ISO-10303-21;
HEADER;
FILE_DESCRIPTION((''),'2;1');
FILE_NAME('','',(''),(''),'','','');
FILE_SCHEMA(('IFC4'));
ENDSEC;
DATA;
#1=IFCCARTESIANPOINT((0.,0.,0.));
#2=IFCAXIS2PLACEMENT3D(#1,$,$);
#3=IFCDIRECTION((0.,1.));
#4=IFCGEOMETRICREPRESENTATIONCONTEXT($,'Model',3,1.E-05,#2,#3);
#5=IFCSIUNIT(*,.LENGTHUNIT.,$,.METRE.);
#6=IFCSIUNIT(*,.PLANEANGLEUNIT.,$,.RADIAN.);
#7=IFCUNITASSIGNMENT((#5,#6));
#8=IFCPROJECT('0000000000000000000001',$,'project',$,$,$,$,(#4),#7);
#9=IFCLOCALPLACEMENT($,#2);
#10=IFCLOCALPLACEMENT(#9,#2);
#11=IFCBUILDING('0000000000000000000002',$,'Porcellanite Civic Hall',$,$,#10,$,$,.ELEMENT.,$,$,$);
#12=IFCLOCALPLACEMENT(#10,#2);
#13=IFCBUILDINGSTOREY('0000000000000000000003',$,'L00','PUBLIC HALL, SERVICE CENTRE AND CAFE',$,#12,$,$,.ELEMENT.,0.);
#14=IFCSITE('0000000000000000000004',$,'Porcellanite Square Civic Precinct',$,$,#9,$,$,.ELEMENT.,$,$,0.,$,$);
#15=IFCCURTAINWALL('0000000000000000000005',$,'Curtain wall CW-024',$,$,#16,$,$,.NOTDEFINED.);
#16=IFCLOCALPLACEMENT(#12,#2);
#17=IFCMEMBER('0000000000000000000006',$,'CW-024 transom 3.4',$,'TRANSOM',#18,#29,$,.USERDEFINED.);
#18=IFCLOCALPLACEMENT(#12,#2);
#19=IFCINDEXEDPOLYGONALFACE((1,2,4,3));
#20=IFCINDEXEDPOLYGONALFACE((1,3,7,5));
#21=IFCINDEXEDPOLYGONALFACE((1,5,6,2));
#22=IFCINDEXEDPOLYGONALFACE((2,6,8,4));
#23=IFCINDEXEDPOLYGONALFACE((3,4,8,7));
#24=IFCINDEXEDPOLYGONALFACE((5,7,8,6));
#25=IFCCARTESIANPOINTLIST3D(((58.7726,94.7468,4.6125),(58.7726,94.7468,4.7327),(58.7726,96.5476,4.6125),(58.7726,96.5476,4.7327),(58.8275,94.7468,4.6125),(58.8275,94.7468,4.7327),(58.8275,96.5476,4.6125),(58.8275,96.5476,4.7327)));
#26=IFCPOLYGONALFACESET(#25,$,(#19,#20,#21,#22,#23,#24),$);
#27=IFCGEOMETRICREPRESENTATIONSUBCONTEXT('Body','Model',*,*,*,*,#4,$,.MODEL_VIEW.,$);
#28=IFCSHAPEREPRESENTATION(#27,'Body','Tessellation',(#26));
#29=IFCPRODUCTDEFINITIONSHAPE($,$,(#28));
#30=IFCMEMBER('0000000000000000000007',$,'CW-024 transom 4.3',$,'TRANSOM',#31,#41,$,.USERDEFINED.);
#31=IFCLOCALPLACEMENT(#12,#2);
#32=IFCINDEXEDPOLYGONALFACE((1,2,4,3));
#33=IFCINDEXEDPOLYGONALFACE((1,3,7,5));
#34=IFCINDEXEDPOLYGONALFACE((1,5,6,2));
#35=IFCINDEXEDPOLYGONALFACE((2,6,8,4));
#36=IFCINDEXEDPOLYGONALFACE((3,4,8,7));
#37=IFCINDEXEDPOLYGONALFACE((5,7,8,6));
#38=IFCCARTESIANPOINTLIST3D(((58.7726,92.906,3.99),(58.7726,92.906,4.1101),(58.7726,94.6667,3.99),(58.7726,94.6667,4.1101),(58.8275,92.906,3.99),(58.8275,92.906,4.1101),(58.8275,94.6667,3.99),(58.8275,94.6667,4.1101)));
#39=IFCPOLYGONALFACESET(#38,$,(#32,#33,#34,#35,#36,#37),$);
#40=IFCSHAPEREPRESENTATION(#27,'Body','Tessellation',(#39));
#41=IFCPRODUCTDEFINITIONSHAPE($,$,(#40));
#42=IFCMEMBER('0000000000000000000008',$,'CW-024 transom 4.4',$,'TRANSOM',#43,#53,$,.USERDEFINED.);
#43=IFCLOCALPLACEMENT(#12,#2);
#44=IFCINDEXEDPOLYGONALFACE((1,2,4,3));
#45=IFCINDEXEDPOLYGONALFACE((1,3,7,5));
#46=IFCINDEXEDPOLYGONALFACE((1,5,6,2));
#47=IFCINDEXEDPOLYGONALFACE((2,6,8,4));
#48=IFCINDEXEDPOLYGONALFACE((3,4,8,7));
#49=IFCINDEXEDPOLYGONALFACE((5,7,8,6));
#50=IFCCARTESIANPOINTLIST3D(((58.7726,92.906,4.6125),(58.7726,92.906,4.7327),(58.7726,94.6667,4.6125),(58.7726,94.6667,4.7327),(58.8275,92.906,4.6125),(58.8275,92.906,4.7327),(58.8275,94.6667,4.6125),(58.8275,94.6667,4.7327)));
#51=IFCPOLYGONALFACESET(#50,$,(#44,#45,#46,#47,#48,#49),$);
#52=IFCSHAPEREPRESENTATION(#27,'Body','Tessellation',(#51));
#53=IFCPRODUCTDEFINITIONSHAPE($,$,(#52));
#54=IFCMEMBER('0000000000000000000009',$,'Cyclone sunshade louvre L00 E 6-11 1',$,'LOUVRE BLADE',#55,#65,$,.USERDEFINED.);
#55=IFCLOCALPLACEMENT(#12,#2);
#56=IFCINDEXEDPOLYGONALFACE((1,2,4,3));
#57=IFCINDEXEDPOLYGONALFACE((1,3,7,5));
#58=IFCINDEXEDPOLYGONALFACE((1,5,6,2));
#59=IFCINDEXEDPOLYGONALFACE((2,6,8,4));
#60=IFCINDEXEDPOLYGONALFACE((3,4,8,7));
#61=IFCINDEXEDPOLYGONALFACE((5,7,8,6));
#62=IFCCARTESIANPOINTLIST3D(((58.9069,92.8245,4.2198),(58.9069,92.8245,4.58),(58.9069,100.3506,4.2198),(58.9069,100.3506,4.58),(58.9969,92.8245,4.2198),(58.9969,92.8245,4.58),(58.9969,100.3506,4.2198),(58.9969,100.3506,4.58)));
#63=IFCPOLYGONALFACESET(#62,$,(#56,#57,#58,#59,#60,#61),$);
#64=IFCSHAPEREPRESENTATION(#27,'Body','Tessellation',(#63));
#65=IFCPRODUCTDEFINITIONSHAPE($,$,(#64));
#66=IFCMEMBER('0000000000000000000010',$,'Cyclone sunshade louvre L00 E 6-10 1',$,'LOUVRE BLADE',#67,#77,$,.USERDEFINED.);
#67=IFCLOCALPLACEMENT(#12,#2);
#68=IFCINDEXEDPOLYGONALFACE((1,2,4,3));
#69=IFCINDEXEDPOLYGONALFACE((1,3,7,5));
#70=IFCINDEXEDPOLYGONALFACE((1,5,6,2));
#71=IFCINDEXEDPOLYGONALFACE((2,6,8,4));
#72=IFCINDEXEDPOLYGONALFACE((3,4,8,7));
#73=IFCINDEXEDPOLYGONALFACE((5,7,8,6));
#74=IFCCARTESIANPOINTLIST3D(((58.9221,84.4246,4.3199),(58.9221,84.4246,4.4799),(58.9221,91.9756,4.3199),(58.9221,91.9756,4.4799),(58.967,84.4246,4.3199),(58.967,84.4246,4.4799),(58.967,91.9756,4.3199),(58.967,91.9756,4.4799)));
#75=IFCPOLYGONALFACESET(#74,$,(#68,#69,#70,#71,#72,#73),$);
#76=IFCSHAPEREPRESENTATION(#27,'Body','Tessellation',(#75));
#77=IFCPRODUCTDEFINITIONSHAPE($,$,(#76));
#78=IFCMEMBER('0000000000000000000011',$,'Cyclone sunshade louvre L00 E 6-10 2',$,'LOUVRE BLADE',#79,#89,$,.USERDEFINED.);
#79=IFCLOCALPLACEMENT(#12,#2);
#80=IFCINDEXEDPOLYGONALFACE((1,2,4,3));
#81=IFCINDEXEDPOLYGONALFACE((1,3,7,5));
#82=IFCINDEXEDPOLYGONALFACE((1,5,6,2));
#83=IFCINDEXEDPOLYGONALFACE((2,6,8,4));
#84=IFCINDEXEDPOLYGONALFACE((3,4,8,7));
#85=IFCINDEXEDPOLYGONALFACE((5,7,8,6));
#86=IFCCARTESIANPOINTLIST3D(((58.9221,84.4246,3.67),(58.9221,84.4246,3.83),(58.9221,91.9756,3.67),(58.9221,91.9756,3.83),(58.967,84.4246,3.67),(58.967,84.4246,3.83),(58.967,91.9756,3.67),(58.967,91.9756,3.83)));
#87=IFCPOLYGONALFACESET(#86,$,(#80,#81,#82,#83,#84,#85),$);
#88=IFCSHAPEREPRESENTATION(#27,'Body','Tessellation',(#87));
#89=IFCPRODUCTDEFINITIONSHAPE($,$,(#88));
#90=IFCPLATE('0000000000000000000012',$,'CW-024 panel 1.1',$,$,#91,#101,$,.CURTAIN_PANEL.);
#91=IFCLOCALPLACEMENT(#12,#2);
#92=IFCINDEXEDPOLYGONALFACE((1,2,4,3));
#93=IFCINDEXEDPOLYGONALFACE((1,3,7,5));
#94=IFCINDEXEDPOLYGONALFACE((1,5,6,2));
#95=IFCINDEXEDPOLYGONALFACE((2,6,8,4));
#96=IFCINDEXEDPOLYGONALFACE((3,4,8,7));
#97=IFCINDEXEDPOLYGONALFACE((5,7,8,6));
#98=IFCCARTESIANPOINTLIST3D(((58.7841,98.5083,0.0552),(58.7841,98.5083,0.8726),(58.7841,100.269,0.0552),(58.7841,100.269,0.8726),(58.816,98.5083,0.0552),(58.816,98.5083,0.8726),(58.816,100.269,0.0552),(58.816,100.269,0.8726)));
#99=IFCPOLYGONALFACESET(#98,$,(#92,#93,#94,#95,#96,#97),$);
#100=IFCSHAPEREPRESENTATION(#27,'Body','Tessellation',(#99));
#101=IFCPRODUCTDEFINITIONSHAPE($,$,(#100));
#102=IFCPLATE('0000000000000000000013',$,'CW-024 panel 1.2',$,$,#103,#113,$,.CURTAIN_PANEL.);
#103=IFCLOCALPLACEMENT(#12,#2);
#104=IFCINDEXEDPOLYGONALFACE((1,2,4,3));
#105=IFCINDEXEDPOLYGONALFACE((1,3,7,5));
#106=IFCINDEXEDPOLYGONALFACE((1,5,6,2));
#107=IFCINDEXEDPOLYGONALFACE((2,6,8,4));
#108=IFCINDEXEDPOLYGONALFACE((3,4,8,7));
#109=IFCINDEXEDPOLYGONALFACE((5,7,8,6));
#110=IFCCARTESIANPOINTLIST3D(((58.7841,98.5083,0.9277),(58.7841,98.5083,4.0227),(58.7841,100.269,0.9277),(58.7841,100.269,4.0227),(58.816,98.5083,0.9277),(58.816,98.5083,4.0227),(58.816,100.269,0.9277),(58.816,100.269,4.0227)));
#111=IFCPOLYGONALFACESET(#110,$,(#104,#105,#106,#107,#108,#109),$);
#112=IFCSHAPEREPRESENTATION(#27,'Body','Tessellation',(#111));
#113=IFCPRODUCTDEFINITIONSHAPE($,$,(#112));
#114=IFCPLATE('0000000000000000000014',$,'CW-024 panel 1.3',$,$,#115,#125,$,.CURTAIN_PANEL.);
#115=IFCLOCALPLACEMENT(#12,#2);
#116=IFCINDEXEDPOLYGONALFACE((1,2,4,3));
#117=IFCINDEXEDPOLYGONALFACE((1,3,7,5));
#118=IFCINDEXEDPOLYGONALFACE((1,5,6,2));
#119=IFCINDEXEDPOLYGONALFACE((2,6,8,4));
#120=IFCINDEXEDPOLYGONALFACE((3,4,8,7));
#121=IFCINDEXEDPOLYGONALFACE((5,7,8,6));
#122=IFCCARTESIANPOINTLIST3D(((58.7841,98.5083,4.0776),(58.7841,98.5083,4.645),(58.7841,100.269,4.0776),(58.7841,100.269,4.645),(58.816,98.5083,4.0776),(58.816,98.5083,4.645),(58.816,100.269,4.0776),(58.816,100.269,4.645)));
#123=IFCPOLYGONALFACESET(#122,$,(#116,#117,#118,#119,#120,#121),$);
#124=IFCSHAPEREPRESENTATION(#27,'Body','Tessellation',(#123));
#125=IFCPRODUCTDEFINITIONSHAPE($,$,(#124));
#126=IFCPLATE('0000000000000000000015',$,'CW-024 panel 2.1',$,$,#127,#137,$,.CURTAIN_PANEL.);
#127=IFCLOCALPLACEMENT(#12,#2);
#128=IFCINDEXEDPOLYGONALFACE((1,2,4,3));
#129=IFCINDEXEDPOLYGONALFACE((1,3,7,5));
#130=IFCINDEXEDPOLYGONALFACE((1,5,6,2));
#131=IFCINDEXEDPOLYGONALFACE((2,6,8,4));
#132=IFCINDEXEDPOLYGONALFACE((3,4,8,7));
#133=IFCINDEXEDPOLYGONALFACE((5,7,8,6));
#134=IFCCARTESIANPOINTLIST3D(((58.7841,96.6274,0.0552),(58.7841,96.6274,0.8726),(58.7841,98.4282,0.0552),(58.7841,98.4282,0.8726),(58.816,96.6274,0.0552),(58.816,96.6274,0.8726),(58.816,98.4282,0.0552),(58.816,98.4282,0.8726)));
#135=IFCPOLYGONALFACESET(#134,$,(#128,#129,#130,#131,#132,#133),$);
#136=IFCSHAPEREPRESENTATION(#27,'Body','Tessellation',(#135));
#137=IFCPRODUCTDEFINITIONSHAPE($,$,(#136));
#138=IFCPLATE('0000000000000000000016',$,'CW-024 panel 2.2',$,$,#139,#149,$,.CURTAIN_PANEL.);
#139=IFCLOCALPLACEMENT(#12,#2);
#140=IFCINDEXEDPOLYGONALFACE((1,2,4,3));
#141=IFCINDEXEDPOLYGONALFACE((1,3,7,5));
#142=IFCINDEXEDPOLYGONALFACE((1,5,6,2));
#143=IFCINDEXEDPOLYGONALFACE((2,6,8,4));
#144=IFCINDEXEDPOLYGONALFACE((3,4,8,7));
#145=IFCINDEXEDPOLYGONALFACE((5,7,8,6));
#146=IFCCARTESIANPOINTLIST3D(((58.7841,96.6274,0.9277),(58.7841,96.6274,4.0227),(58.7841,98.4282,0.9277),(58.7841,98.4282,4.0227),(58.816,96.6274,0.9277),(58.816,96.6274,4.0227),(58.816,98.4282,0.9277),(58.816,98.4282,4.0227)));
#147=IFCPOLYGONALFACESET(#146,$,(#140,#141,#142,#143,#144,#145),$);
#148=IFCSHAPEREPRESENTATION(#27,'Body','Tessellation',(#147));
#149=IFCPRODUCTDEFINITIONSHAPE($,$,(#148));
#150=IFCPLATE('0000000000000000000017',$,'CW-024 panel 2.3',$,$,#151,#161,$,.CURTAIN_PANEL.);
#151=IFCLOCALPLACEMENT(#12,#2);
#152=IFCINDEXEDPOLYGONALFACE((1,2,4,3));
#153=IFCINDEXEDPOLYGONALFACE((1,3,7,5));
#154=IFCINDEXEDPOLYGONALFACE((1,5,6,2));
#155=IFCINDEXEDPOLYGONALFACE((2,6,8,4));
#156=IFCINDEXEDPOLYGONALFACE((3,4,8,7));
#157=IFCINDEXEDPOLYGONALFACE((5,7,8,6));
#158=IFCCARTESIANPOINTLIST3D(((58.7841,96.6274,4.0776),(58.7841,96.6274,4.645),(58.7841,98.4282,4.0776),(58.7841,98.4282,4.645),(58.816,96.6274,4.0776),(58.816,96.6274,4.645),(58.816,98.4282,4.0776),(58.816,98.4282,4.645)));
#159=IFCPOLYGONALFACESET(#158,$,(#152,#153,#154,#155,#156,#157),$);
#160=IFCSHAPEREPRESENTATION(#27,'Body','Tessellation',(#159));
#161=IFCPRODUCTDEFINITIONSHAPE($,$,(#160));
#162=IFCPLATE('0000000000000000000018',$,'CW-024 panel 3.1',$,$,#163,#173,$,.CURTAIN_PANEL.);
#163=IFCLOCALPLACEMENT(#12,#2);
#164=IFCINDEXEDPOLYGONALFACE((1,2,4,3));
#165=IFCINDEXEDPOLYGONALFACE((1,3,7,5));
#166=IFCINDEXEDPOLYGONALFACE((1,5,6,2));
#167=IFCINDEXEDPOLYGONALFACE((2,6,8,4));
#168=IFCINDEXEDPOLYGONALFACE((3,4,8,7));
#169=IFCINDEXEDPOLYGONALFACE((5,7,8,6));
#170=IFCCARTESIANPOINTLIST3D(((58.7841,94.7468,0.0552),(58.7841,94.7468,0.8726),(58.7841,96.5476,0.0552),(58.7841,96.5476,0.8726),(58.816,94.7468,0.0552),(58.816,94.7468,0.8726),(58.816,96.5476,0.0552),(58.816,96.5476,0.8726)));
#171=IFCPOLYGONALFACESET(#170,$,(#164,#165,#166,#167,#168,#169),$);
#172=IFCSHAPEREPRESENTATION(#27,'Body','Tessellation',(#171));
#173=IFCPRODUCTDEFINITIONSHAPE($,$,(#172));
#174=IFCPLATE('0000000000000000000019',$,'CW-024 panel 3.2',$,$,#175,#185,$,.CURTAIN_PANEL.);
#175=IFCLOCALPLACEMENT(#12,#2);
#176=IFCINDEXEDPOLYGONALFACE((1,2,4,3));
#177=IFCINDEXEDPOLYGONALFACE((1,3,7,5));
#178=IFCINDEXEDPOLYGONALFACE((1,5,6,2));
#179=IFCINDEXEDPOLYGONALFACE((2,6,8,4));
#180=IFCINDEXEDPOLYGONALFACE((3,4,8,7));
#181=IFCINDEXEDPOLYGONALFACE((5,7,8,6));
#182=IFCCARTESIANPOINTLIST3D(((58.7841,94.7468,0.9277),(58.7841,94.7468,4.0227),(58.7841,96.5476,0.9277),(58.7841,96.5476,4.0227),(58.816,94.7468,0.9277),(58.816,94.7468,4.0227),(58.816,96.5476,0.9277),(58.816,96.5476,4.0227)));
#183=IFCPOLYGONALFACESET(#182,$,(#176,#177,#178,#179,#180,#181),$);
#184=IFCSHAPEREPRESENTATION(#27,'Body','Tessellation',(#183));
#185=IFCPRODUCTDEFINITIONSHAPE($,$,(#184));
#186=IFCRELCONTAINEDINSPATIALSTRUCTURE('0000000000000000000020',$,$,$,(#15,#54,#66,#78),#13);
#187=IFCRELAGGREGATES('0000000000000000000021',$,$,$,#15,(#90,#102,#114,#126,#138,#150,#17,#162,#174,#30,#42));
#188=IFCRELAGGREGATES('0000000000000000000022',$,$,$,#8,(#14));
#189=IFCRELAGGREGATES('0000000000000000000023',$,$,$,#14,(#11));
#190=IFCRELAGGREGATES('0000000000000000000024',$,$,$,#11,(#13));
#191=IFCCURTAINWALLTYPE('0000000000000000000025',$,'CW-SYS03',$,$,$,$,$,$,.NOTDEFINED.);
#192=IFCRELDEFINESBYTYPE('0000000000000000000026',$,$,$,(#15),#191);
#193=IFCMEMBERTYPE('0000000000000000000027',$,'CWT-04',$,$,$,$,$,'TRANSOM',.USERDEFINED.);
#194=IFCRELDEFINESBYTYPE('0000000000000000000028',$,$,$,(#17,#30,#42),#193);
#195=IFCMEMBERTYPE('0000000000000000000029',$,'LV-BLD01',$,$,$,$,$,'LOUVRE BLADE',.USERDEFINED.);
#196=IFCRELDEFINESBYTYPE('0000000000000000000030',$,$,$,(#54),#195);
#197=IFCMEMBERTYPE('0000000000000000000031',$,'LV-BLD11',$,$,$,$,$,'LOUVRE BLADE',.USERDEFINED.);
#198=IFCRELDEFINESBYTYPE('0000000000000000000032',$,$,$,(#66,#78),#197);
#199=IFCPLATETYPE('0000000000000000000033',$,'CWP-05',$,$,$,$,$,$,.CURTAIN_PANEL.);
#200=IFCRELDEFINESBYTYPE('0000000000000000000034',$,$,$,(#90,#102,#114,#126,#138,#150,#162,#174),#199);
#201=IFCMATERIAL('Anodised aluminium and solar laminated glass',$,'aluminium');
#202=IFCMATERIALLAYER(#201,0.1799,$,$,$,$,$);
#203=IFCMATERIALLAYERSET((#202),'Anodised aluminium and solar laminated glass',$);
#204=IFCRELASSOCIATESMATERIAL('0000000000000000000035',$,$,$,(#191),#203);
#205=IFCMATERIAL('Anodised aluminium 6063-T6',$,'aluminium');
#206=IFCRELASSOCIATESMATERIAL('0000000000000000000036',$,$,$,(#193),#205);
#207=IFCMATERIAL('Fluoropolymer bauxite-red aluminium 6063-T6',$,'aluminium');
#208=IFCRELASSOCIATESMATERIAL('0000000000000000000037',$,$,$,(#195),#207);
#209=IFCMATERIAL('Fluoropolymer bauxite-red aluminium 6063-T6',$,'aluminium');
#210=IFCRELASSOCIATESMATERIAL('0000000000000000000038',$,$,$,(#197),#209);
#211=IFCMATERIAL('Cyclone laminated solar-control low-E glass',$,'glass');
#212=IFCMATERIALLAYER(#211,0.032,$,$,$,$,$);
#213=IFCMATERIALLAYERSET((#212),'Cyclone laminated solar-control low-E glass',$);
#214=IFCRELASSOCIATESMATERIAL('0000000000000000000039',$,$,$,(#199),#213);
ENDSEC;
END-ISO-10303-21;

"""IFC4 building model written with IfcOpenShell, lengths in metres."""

from ifc_helpers import new_model, si_unit, direction, frame, origin, origin_2d, place, context, subcontext, project, spatial, rectangle, extrude, material, layer, layer_set, material_profile, profile_set, type_object, element, aggregate, save


model = new_model("IFC4")

# Units and contexts
model_context = context("Model", 3, precision=1e-05, world=origin(), true_north=direction((0.0, 1.0)))
body_context = subcontext(model_context, "Body", "Model", "MODEL_VIEW")
ifc_project = project(units=[si_unit("LENGTHUNIT", "METRE"), si_unit("PLANEANGLEUNIT", "RADIAN")], contexts=[model_context])

# Site, building, storey
site_placement = place(None, origin())
site = spatial("IfcSite", under=ifc_project, at=site_placement, Name="Porcellanite Square Civic Precinct", CompositionType="ELEMENT", RefElevation=0.0)
building_placement = place(site_placement, origin())
building = spatial("IfcBuilding", under=site, at=building_placement, Name="Porcellanite Civic Hall", CompositionType="ELEMENT")
storey_placement = place(building_placement, origin())
storey = spatial("IfcBuildingStorey", under=building, at=storey_placement, Name="L00", Description="PUBLIC HALL, SERVICE CENTRE AND CAFE", CompositionType="ELEMENT", Elevation=0.0)

# Curtain wall, members
ifc_material_1 = material(Name="Anodised aluminium and solar laminated glass", Category="aluminium")
ifc_layer_1 = layer(ifc_material_1, 0.1799)
ifc_layer_set_1 = layer_set([ifc_layer_1], Name="Anodised aluminium and solar laminated glass")
curtain_wall_type = type_object("IfcCurtainWallType", Name="CW-SYS03", PredefinedType="NOTDEFINED", material=ifc_layer_set_1)
curtain_wall_placement = place(storey_placement, origin())
curtain_wall = element("IfcCurtainWall", 1, at=curtain_wall_placement, inside=storey, type_object=curtain_wall_type, Name="Curtain wall CW-024", PredefinedType="NOTDEFINED")
ifc_material_2 = material(Name="Anodised aluminium 6063-T6", Category="aluminium")
ifc_material_profile_1 = material_profile(ifc_material_2, rectangle(XDim=0.0549, YDim=0.1201, at=origin_2d()), Name="AL-55x120")
ifc_profile_set_1 = profile_set([ifc_material_profile_1], Name="Anodised aluminium 6063-T6")
member_type_1 = type_object("IfcMemberType", Name="CWT-04", ElementType="TRANSOM", PredefinedType="USERDEFINED", material=ifc_profile_set_1)
member_1_placement = place(storey_placement, frame((58.8, 96.5476, 4.6726), z_axis=(0.0, -1.0, 0.0), x_axis=(1.0, 0.0, 0.0)))
member_1 = element("IfcMember", 2, at=member_1_placement, type_object=member_type_1, Name="CW-024 transom 3.4", ObjectType="TRANSOM", PredefinedType="USERDEFINED", context=body_context, shape_type="SweptSolid", body=[
    extrude(rectangle(XDim=0.0549, YDim=0.1201, at=origin_2d()), origin(), (0.0, 0.0, 1.0), 1.8008),
])
member_2_placement = place(storey_placement, frame((58.8, 94.6667, 4.05), z_axis=(0.0, -1.0, 0.0), x_axis=(1.0, 0.0, 0.0)))
member_2 = element("IfcMember", 3, at=member_2_placement, type_object=member_type_1, Name="CW-024 transom 4.3", ObjectType="TRANSOM", PredefinedType="USERDEFINED", context=body_context, shape_type="SweptSolid", body=[
    extrude(rectangle(XDim=0.0549, YDim=0.1201, at=origin_2d()), origin(), (0.0, 0.0, 1.0), 1.7607),
])
member_3_placement = place(storey_placement, frame((58.8, 94.6667, 4.6726), z_axis=(0.0, -1.0, 0.0), x_axis=(1.0, 0.0, 0.0)))
member_3 = element("IfcMember", 4, at=member_3_placement, type_object=member_type_1, Name="CW-024 transom 4.4", ObjectType="TRANSOM", PredefinedType="USERDEFINED", context=body_context, shape_type="SweptSolid", body=[
    extrude(rectangle(XDim=0.0549, YDim=0.1201, at=origin_2d()), origin(), (0.0, 0.0, 1.0), 1.7607),
])

# Members
ifc_material_3 = material(Name="Fluoropolymer bauxite-red aluminium 6063-T6", Category="aluminium")
ifc_material_profile_2 = material_profile(ifc_material_3, rectangle(XDim=0.0901, YDim=0.3601, at=origin_2d()), Name="AL-90x360")
ifc_profile_set_2 = profile_set([ifc_material_profile_2], Name="Fluoropolymer bauxite-red aluminium 6063-T6")
member_type_2 = type_object("IfcMemberType", Name="LV-BLD01", ElementType="LOUVRE BLADE", PredefinedType="USERDEFINED", material=ifc_profile_set_2)
member_4_placement = place(storey_placement, frame((58.9519, 100.3506, 4.3999), z_axis=(0.0, -1.0, 0.0), x_axis=(1.0, 0.0, 0.0)))
element("IfcMember", 5, at=member_4_placement, inside=storey, type_object=member_type_2, Name="Cyclone sunshade louvre L00 E 6-11 1", ObjectType="LOUVRE BLADE", PredefinedType="USERDEFINED", context=body_context, shape_type="SweptSolid", body=[
    extrude(rectangle(XDim=0.0901, YDim=0.3601, at=origin_2d()), origin(), (0.0, 0.0, 1.0), 7.5261),
])
ifc_material_4 = material(Name="Fluoropolymer bauxite-red aluminium 6063-T6", Category="aluminium")
ifc_material_profile_3 = material_profile(ifc_material_4, rectangle(XDim=0.0449, YDim=0.1599, at=origin_2d()), Name="AL-45x160")
ifc_profile_set_3 = profile_set([ifc_material_profile_3], Name="Fluoropolymer bauxite-red aluminium 6063-T6")
member_type_3 = type_object("IfcMemberType", Name="LV-BLD11", ElementType="LOUVRE BLADE", PredefinedType="USERDEFINED", material=ifc_profile_set_3)
for number, where, z_axis, x_axis, name in (
    (6, (58.9446, 91.9756, 4.3999), (0.0, -1.0, 0.0), (1.0, 0.0, 0.0), "Cyclone sunshade louvre L00 E 6-10 1"),
    (7, (58.9446, 91.9756, 3.75), (0.0, -1.0, 0.0), (1.0, 0.0, 0.0), "Cyclone sunshade louvre L00 E 6-10 2"),
):
    element("IfcMember", number, at=place(storey_placement, frame(where, z_axis=z_axis, x_axis=x_axis)), inside=storey, type_object=member_type_3, Name=name, ObjectType="LOUVRE BLADE", PredefinedType="USERDEFINED", context=body_context, shape_type="SweptSolid", body=[
        extrude(rectangle(XDim=0.0449, YDim=0.1599, at=origin_2d()), origin(), (0.0, 0.0, 1.0), 7.551),
    ])

# Plates
ifc_material_5 = material(Name="Cyclone laminated solar-control low-E glass", Category="glass")
ifc_layer_2 = layer(ifc_material_5, 0.032)
ifc_layer_set_2 = layer_set([ifc_layer_2], Name="Cyclone laminated solar-control low-E glass")
plate_type = type_object("IfcPlateType", Name="CWP-05", PredefinedType="CURTAIN_PANEL", material=ifc_layer_set_2)
plate_1_placement = place(storey_placement, frame((58.8, 99.3887, 0.0552), z_axis=(0.0, 0.0, 1.0), x_axis=(0.0, -1.0, 0.0)))
plate_1 = element("IfcPlate", 8, at=plate_1_placement, type_object=plate_type, Name="CW-024 panel 1.1", PredefinedType="CURTAIN_PANEL", context=body_context, shape_type="SweptSolid", body=[
    extrude(rectangle(XDim=1.7607, YDim=0.032, at=origin_2d()), origin(), (0.0, 0.0, 1.0), 0.8174),
])
plate_2_placement = place(storey_placement, frame((58.8, 99.3887, 0.9277), z_axis=(0.0, 0.0, 1.0), x_axis=(0.0, -1.0, 0.0)))
plate_2 = element("IfcPlate", 9, at=plate_2_placement, type_object=plate_type, Name="CW-024 panel 1.2", PredefinedType="CURTAIN_PANEL", context=body_context, shape_type="SweptSolid", body=[
    extrude(rectangle(XDim=1.7607, YDim=0.032, at=origin_2d()), origin(), (0.0, 0.0, 1.0), 3.095),
])
plate_3_placement = place(storey_placement, frame((58.8, 99.3887, 4.0776), z_axis=(0.0, 0.0, 1.0), x_axis=(0.0, -1.0, 0.0)))
plate_3 = element("IfcPlate", 10, at=plate_3_placement, type_object=plate_type, Name="CW-024 panel 1.3", PredefinedType="CURTAIN_PANEL", context=body_context, shape_type="SweptSolid", body=[
    extrude(rectangle(XDim=1.7607, YDim=0.032, at=origin_2d()), origin(), (0.0, 0.0, 1.0), 0.5674),
])
plate_4_placement = place(storey_placement, frame((58.8, 97.5278, 0.0552), z_axis=(0.0, 0.0, 1.0), x_axis=(0.0, -1.0, 0.0)))
plate_4 = element("IfcPlate", 11, at=plate_4_placement, type_object=plate_type, Name="CW-024 panel 2.1", PredefinedType="CURTAIN_PANEL", context=body_context, shape_type="SweptSolid", body=[
    extrude(rectangle(XDim=1.8008, YDim=0.032, at=origin_2d()), origin(), (0.0, 0.0, 1.0), 0.8174),
])
plate_5_placement = place(storey_placement, frame((58.8, 97.5278, 0.9277), z_axis=(0.0, 0.0, 1.0), x_axis=(0.0, -1.0, 0.0)))
plate_5 = element("IfcPlate", 12, at=plate_5_placement, type_object=plate_type, Name="CW-024 panel 2.2", PredefinedType="CURTAIN_PANEL", context=body_context, shape_type="SweptSolid", body=[
    extrude(rectangle(XDim=1.8008, YDim=0.032, at=origin_2d()), origin(), (0.0, 0.0, 1.0), 3.095),
])
plate_6_placement = place(storey_placement, frame((58.8, 97.5278, 4.0776), z_axis=(0.0, 0.0, 1.0), x_axis=(0.0, -1.0, 0.0)))
plate_6 = element("IfcPlate", 13, at=plate_6_placement, type_object=plate_type, Name="CW-024 panel 2.3", PredefinedType="CURTAIN_PANEL", context=body_context, shape_type="SweptSolid", body=[
    extrude(rectangle(XDim=1.8008, YDim=0.032, at=origin_2d()), origin(), (0.0, 0.0, 1.0), 0.5674),
])
plate_7_placement = place(storey_placement, frame((58.8, 95.6472, 0.0552), z_axis=(0.0, 0.0, 1.0), x_axis=(0.0, -1.0, 0.0)))
plate_7 = element("IfcPlate", 14, at=plate_7_placement, type_object=plate_type, Name="CW-024 panel 3.1", PredefinedType="CURTAIN_PANEL", context=body_context, shape_type="SweptSolid", body=[
    extrude(rectangle(XDim=1.8008, YDim=0.032, at=origin_2d()), origin(), (0.0, 0.0, 1.0), 0.8174),
])
plate_8_placement = place(storey_placement, frame((58.8, 95.6472, 0.9277), z_axis=(0.0, 0.0, 1.0), x_axis=(0.0, -1.0, 0.0)))
plate_8 = element("IfcPlate", 15, at=plate_8_placement, type_object=plate_type, Name="CW-024 panel 3.2", PredefinedType="CURTAIN_PANEL", context=body_context, shape_type="SweptSolid", body=[
    extrude(rectangle(XDim=1.8008, YDim=0.032, at=origin_2d()), origin(), (0.0, 0.0, 1.0), 3.095),
])
aggregate(curtain_wall, [plate_1, plate_2, plate_3, plate_4, plate_5, plate_6, member_1, plate_7, plate_8, member_2, member_3])

save(model, "model.ifc")
